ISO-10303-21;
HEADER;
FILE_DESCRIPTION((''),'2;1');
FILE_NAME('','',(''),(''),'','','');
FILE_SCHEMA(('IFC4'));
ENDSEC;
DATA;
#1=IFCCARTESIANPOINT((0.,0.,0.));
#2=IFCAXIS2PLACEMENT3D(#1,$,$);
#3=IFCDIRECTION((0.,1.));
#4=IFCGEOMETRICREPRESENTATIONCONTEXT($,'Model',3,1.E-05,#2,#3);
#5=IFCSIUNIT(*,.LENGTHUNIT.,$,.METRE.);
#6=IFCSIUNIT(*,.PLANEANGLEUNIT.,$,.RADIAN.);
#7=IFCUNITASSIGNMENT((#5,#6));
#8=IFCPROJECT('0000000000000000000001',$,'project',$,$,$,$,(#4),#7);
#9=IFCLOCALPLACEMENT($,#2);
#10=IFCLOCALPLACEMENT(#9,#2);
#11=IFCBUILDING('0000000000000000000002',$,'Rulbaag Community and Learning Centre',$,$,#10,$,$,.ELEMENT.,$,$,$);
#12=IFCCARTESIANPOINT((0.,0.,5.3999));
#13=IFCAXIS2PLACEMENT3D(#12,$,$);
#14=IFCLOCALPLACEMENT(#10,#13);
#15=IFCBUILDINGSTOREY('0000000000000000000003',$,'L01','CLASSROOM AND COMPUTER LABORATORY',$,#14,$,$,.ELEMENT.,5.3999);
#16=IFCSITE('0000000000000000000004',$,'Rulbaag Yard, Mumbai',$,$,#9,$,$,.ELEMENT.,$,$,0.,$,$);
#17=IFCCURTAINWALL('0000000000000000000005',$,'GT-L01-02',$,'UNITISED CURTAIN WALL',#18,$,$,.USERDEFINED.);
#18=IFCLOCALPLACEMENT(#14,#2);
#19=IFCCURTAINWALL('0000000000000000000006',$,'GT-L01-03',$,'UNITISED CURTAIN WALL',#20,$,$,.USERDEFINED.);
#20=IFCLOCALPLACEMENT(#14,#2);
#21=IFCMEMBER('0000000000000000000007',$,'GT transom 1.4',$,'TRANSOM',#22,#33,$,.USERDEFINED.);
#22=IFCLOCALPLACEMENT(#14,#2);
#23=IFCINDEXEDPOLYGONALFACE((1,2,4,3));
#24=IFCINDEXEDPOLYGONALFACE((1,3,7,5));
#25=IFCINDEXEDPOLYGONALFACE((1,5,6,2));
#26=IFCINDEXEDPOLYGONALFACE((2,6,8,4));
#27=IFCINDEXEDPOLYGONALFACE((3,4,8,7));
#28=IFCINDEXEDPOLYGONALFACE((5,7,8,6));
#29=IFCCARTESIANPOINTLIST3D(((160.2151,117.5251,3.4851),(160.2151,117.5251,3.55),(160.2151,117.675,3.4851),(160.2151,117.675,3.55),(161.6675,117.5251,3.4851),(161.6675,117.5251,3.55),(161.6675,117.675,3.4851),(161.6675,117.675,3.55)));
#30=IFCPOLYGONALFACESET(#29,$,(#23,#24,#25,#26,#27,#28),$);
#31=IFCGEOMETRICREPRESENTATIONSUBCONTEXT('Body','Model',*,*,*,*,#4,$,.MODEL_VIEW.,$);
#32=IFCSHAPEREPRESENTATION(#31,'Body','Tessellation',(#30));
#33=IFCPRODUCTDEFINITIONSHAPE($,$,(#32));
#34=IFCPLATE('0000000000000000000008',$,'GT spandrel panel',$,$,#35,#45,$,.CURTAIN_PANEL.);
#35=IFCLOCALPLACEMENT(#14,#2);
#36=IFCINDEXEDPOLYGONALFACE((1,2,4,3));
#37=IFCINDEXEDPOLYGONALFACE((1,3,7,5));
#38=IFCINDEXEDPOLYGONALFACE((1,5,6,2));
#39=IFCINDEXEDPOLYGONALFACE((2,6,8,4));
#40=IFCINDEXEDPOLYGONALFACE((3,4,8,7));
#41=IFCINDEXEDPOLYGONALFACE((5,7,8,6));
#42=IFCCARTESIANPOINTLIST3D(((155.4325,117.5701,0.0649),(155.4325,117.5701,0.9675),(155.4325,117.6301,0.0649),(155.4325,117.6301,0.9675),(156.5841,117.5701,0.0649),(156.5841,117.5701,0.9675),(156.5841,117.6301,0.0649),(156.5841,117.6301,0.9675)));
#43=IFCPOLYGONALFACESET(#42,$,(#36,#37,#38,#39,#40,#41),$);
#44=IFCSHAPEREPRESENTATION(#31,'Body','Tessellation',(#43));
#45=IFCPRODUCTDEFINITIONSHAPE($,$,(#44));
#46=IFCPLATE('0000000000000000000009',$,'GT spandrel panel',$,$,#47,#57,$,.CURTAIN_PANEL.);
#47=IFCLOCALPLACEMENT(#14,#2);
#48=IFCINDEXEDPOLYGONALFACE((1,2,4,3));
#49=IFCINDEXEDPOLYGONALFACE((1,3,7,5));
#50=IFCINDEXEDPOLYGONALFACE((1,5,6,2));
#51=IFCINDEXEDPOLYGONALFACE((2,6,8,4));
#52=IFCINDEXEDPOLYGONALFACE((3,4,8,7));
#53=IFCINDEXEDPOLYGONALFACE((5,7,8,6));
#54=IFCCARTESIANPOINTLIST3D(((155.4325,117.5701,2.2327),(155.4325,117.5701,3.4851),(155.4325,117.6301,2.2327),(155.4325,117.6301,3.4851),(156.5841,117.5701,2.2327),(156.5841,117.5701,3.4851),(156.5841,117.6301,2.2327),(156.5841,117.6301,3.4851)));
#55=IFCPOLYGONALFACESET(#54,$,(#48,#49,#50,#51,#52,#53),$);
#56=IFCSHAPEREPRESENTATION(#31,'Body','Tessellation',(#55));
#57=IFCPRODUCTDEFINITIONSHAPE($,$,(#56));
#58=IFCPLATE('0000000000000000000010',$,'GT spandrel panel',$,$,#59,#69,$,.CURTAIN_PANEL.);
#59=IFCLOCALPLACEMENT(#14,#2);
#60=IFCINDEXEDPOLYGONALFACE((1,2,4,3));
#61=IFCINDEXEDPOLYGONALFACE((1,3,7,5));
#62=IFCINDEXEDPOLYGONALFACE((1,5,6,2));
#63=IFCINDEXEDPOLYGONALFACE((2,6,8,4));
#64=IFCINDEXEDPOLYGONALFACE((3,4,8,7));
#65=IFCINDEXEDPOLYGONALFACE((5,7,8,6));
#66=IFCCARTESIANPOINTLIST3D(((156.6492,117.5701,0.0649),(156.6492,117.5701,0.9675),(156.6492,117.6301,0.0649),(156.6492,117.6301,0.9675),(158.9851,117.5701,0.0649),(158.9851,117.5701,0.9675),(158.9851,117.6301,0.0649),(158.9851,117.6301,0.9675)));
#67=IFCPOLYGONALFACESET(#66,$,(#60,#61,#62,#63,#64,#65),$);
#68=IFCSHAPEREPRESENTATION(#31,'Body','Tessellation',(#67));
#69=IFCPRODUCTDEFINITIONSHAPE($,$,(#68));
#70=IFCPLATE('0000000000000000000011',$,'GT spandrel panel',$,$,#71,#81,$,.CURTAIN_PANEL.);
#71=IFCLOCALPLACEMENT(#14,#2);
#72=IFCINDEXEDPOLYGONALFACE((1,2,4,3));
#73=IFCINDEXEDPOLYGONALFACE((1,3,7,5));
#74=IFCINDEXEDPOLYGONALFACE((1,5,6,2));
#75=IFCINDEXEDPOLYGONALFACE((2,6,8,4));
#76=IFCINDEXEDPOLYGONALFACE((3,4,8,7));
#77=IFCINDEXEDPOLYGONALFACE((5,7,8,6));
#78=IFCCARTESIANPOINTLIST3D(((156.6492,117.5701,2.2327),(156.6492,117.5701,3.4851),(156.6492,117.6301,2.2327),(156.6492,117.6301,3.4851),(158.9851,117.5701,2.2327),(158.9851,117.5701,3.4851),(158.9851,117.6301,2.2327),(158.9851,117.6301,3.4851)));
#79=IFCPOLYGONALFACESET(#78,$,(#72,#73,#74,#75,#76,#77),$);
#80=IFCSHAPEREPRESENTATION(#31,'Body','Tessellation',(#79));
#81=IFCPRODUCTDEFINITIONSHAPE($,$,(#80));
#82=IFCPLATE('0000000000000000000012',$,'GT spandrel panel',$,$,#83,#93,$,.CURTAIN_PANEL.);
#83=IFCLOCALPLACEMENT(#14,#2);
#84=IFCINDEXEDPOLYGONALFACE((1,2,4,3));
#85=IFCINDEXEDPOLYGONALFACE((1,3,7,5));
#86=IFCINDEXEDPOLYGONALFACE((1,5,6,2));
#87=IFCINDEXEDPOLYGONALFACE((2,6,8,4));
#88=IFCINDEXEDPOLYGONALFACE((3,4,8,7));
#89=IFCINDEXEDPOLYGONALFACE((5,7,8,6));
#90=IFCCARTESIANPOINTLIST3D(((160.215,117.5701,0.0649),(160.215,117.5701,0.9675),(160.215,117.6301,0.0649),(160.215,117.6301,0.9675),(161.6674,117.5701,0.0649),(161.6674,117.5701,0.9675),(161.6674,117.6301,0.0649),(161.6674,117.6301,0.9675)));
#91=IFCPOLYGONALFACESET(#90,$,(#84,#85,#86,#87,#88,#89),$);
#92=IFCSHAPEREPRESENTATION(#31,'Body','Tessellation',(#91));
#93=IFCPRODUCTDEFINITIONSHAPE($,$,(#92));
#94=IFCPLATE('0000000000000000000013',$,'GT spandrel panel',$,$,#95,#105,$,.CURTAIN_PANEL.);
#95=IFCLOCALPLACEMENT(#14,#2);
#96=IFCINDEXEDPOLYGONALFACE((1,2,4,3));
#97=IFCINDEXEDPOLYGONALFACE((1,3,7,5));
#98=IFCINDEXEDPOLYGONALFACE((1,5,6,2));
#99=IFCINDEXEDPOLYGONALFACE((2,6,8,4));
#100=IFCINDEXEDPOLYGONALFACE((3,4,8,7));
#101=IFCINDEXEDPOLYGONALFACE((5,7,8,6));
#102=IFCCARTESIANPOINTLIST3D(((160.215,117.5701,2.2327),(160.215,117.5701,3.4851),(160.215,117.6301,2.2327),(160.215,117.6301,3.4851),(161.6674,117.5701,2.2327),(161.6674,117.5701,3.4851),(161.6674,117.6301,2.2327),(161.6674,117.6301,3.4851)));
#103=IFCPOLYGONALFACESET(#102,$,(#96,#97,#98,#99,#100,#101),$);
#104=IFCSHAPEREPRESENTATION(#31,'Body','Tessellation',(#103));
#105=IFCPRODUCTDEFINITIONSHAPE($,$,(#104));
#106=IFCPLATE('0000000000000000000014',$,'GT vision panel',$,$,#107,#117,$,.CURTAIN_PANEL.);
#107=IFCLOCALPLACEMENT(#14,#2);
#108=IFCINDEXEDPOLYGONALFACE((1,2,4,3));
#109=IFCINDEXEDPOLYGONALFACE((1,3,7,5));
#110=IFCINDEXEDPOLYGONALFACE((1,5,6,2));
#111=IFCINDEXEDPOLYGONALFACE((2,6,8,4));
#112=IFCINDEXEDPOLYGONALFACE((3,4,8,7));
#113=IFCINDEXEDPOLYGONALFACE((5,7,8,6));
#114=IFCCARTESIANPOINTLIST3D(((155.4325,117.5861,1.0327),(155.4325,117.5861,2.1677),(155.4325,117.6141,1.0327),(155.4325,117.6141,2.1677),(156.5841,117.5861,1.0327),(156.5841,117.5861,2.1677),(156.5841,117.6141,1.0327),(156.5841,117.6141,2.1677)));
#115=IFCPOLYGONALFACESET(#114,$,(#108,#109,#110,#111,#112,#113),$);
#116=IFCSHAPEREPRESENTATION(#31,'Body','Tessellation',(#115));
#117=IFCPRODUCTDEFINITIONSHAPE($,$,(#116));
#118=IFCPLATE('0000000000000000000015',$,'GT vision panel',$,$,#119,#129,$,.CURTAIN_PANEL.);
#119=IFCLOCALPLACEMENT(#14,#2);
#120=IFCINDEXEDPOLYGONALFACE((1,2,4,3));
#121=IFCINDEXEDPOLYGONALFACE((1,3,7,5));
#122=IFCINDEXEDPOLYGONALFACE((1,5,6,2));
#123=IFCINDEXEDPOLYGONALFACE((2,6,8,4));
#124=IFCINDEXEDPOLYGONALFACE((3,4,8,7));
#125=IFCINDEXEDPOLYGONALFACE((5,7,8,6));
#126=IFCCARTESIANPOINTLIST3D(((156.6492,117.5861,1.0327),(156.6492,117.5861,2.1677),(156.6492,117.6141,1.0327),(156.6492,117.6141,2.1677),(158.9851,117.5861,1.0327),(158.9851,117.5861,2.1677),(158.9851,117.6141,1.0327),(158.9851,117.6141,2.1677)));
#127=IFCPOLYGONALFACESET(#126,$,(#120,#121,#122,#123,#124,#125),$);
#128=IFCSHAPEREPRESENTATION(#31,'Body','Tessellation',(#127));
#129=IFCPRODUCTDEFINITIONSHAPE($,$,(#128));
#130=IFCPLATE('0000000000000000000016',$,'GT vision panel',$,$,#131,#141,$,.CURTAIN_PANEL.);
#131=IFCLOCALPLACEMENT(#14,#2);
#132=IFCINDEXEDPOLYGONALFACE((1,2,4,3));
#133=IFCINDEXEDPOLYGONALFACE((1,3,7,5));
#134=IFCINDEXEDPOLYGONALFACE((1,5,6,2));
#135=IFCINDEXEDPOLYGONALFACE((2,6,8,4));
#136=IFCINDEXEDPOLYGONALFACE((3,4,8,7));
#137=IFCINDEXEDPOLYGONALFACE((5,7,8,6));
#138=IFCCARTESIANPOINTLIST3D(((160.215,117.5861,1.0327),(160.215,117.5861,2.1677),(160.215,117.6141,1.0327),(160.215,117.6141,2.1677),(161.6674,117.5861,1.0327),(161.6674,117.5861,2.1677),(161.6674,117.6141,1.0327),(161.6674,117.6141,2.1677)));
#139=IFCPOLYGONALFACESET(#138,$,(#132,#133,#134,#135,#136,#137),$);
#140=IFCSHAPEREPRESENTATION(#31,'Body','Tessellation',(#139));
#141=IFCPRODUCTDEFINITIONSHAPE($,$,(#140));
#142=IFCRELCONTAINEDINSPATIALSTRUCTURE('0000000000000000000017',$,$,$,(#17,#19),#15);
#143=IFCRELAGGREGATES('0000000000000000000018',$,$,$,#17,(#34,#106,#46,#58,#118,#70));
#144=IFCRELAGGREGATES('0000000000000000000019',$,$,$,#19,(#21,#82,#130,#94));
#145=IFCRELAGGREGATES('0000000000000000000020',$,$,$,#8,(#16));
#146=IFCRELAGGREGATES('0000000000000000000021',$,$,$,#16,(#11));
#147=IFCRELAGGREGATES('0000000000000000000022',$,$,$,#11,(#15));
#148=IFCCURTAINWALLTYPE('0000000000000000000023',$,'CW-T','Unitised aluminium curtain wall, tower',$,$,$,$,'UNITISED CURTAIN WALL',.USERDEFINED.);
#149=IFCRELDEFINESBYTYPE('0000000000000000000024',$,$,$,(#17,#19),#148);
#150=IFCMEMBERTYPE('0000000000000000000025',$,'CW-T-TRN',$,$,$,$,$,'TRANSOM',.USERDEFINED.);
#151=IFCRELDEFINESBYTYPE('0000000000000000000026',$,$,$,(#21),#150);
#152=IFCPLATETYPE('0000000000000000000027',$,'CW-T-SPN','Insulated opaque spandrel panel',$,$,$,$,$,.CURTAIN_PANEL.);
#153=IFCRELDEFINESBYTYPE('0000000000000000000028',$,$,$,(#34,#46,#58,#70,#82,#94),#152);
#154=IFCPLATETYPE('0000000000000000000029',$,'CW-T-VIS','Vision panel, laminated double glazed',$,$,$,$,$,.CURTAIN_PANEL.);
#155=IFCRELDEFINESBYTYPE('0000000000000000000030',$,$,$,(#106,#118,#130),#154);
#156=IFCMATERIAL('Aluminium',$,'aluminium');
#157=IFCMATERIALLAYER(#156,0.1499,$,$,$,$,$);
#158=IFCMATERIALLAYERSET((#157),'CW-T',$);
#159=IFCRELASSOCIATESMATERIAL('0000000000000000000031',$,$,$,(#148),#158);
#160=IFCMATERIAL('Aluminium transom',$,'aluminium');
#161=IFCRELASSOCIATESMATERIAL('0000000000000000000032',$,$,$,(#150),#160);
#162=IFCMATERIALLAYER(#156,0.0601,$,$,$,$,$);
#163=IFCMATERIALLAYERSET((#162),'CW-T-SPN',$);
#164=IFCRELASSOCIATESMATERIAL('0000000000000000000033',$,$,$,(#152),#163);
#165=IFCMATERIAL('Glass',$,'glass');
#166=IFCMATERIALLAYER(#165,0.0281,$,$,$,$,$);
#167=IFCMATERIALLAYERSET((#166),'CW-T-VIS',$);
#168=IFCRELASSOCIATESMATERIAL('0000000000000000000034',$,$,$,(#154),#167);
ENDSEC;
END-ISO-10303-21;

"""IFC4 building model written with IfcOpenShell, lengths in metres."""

from ifc_helpers import new_model, si_unit, direction, frame, origin, origin_2d, place, context, subcontext, project, spatial, rectangle, extrude, material, layer, layer_set, material_profile, profile_set, type_object, element, aggregate, save


model = new_model("IFC4")

# Units and contexts
model_context = context("Model", 3, precision=1e-05, world=origin(), true_north=direction((0.0, 1.0)))
body_context = subcontext(model_context, "Body", "Model", "MODEL_VIEW")
ifc_project = project(units=[si_unit("LENGTHUNIT", "METRE"), si_unit("PLANEANGLEUNIT", "RADIAN")], contexts=[model_context])

# Site, building, storey
site_placement = place(None, origin())
site = spatial("IfcSite", under=ifc_project, at=site_placement, Name="Rulbaag Yard, Mumbai", CompositionType="ELEMENT", RefElevation=0.0)
building_placement = place(site_placement, origin())
building = spatial("IfcBuilding", under=site, at=building_placement, Name="Rulbaag Community and Learning Centre", CompositionType="ELEMENT")
storey_placement = place(building_placement, frame((0.0, 0.0, 5.3999)))
storey = spatial("IfcBuildingStorey", under=building, at=storey_placement, Name="L01", Description="CLASSROOM AND COMPUTER LABORATORY", CompositionType="ELEMENT", Elevation=5.3999)

# Curtain walls
ifc_material_1 = material(Name="Aluminium", Category="aluminium")
ifc_layer_1 = layer(ifc_material_1, 0.1499)
ifc_layer_set_1 = layer_set([ifc_layer_1], Name="CW-T")
curtain_wall_type = type_object("IfcCurtainWallType", Name="CW-T", Description="Unitised aluminium curtain wall, tower", ElementType="UNITISED CURTAIN WALL", PredefinedType="USERDEFINED", material=ifc_layer_set_1)
curtain_wall_1_placement = place(storey_placement, origin())
curtain_wall_1 = element("IfcCurtainWall", 1, at=curtain_wall_1_placement, inside=storey, type_object=curtain_wall_type, Name="GT-L01-02", ObjectType="UNITISED CURTAIN WALL", PredefinedType="USERDEFINED")
curtain_wall_2_placement = place(storey_placement, origin())
curtain_wall_2 = element("IfcCurtainWall", 2, at=curtain_wall_2_placement, inside=storey, type_object=curtain_wall_type, Name="GT-L01-03", ObjectType="UNITISED CURTAIN WALL", PredefinedType="USERDEFINED")

# Member
ifc_material_2 = material(Name="Aluminium transom", Category="aluminium")
ifc_material_profile_1 = material_profile(ifc_material_2, rectangle(XDim=0.1499, YDim=0.0649, at=origin_2d()), Name="AL 65x150 T")
ifc_profile_set_1 = profile_set([ifc_material_profile_1], Name="Aluminium transom")
member_type_1 = type_object("IfcMemberType", Name="CW-T-TRN", ElementType="TRANSOM", PredefinedType="USERDEFINED", material=ifc_profile_set_1)
member_1_placement = place(storey_placement, frame((160.2151, 117.6001, 3.5176), z_axis=(1.0, 0.0, 0.0), x_axis=(0.0, 1.0, 0.0)))
member_1 = element("IfcMember", 3, at=member_1_placement, type_object=member_type_1, Name="GT transom 1.4", ObjectType="TRANSOM", PredefinedType="USERDEFINED", context=body_context, shape_type="SweptSolid", body=[
    extrude(rectangle(XDim=0.1499, YDim=0.0649, at=origin_2d()), origin(), (0.0, 0.0, 1.0), 1.4524),
])

# Plates
ifc_layer_2 = layer(ifc_material_1, 0.0601)
ifc_layer_set_2 = layer_set([ifc_layer_2], Name="CW-T-SPN")
plate_type_1 = type_object("IfcPlateType", Name="CW-T-SPN", Description="Insulated opaque spandrel panel", PredefinedType="CURTAIN_PANEL", material=ifc_layer_set_2)
plate_1_placement = place(storey_placement, frame((156.0083, 117.6001, 0.0649), z_axis=(0.0, 0.0, 1.0), x_axis=(1.0, 0.0, 0.0)))
plate_1 = element("IfcPlate", 4, at=plate_1_placement, type_object=plate_type_1, Name="GT spandrel panel", PredefinedType="CURTAIN_PANEL", context=body_context, shape_type="SweptSolid", body=[
    extrude(rectangle(XDim=1.1516, YDim=0.0601, at=origin_2d()), origin(), (0.0, 0.0, 1.0), 0.9026),
])
plate_2_placement = place(storey_placement, frame((156.0083, 117.6001, 2.2327), z_axis=(0.0, 0.0, 1.0), x_axis=(1.0, 0.0, 0.0)))
plate_2 = element("IfcPlate", 5, at=plate_2_placement, type_object=plate_type_1, Name="GT spandrel panel", PredefinedType="CURTAIN_PANEL", context=body_context, shape_type="SweptSolid", body=[
    extrude(rectangle(XDim=1.1516, YDim=0.0601, at=origin_2d()), origin(), (0.0, 0.0, 1.0), 1.2524),
])
plate_3_placement = place(storey_placement, frame((157.8171, 117.6001, 0.0649), z_axis=(0.0, 0.0, 1.0), x_axis=(1.0, 0.0, 0.0)))
plate_3 = element("IfcPlate", 6, at=plate_3_placement, type_object=plate_type_1, Name="GT spandrel panel", PredefinedType="CURTAIN_PANEL", context=body_context, shape_type="SweptSolid", body=[
    extrude(rectangle(XDim=2.3359, YDim=0.0601, at=origin_2d()), origin(), (0.0, 0.0, 1.0), 0.9026),
])
plate_4_placement = place(storey_placement, frame((157.8171, 117.6001, 2.2327), z_axis=(0.0, 0.0, 1.0), x_axis=(1.0, 0.0, 0.0)))
plate_4 = element("IfcPlate", 7, at=plate_4_placement, type_object=plate_type_1, Name="GT spandrel panel", PredefinedType="CURTAIN_PANEL", context=body_context, shape_type="SweptSolid", body=[
    extrude(rectangle(XDim=2.3359, YDim=0.0601, at=origin_2d()), origin(), (0.0, 0.0, 1.0), 1.2524),
])
plate_5_placement = place(storey_placement, frame((160.9412, 117.6001, 0.0649), z_axis=(0.0, 0.0, 1.0), x_axis=(1.0, 0.0, 0.0)))
plate_5 = element("IfcPlate", 8, at=plate_5_placement, type_object=plate_type_1, Name="GT spandrel panel", PredefinedType="CURTAIN_PANEL", context=body_context, shape_type="SweptSolid", body=[
    extrude(rectangle(XDim=1.4524, YDim=0.0601, at=origin_2d()), origin(), (0.0, 0.0, 1.0), 0.9026),
])
plate_6_placement = place(storey_placement, frame((160.9412, 117.6001, 2.2327), z_axis=(0.0, 0.0, 1.0), x_axis=(1.0, 0.0, 0.0)))
plate_6 = element("IfcPlate", 9, at=plate_6_placement, type_object=plate_type_1, Name="GT spandrel panel", PredefinedType="CURTAIN_PANEL", context=body_context, shape_type="SweptSolid", body=[
    extrude(rectangle(XDim=1.4524, YDim=0.0601, at=origin_2d()), origin(), (0.0, 0.0, 1.0), 1.2524),
])
ifc_material_3 = material(Name="Glass", Category="glass")
ifc_layer_3 = layer(ifc_material_3, 0.0281)
ifc_layer_set_3 = layer_set([ifc_layer_3], Name="CW-T-VIS")
plate_type_2 = type_object("IfcPlateType", Name="CW-T-VIS", Description="Vision panel, laminated double glazed", PredefinedType="CURTAIN_PANEL", material=ifc_layer_set_3)
plate_7_placement = place(storey_placement, frame((156.0083, 117.6001, 1.0327), z_axis=(0.0, 0.0, 1.0), x_axis=(1.0, 0.0, 0.0)))
plate_7 = element("IfcPlate", 10, at=plate_7_placement, type_object=plate_type_2, Name="GT vision panel", PredefinedType="CURTAIN_PANEL", context=body_context, shape_type="SweptSolid", body=[
    extrude(rectangle(XDim=1.1516, YDim=0.0281, at=origin_2d()), origin(), (0.0, 0.0, 1.0), 1.135),
])
plate_8_placement = place(storey_placement, frame((157.8171, 117.6001, 1.0327), z_axis=(0.0, 0.0, 1.0), x_axis=(1.0, 0.0, 0.0)))
plate_8 = element("IfcPlate", 11, at=plate_8_placement, type_object=plate_type_2, Name="GT vision panel", PredefinedType="CURTAIN_PANEL", context=body_context, shape_type="SweptSolid", body=[
    extrude(rectangle(XDim=2.3359, YDim=0.0281, at=origin_2d()), origin(), (0.0, 0.0, 1.0), 1.135),
])
aggregate(curtain_wall_1, [plate_1, plate_7, plate_2, plate_3, plate_8, plate_4])
plate_9_placement = place(storey_placement, frame((160.9412, 117.6001, 1.0327), z_axis=(0.0, 0.0, 1.0), x_axis=(1.0, 0.0, 0.0)))
plate_9 = element("IfcPlate", 12, at=plate_9_placement, type_object=plate_type_2, Name="GT vision panel", PredefinedType="CURTAIN_PANEL", context=body_context, shape_type="SweptSolid", body=[
    extrude(rectangle(XDim=1.4524, YDim=0.0281, at=origin_2d()), origin(), (0.0, 0.0, 1.0), 1.135),
])
aggregate(curtain_wall_2, [member_1, plate_5, plate_9, plate_6])

save(model, "model.ifc")
